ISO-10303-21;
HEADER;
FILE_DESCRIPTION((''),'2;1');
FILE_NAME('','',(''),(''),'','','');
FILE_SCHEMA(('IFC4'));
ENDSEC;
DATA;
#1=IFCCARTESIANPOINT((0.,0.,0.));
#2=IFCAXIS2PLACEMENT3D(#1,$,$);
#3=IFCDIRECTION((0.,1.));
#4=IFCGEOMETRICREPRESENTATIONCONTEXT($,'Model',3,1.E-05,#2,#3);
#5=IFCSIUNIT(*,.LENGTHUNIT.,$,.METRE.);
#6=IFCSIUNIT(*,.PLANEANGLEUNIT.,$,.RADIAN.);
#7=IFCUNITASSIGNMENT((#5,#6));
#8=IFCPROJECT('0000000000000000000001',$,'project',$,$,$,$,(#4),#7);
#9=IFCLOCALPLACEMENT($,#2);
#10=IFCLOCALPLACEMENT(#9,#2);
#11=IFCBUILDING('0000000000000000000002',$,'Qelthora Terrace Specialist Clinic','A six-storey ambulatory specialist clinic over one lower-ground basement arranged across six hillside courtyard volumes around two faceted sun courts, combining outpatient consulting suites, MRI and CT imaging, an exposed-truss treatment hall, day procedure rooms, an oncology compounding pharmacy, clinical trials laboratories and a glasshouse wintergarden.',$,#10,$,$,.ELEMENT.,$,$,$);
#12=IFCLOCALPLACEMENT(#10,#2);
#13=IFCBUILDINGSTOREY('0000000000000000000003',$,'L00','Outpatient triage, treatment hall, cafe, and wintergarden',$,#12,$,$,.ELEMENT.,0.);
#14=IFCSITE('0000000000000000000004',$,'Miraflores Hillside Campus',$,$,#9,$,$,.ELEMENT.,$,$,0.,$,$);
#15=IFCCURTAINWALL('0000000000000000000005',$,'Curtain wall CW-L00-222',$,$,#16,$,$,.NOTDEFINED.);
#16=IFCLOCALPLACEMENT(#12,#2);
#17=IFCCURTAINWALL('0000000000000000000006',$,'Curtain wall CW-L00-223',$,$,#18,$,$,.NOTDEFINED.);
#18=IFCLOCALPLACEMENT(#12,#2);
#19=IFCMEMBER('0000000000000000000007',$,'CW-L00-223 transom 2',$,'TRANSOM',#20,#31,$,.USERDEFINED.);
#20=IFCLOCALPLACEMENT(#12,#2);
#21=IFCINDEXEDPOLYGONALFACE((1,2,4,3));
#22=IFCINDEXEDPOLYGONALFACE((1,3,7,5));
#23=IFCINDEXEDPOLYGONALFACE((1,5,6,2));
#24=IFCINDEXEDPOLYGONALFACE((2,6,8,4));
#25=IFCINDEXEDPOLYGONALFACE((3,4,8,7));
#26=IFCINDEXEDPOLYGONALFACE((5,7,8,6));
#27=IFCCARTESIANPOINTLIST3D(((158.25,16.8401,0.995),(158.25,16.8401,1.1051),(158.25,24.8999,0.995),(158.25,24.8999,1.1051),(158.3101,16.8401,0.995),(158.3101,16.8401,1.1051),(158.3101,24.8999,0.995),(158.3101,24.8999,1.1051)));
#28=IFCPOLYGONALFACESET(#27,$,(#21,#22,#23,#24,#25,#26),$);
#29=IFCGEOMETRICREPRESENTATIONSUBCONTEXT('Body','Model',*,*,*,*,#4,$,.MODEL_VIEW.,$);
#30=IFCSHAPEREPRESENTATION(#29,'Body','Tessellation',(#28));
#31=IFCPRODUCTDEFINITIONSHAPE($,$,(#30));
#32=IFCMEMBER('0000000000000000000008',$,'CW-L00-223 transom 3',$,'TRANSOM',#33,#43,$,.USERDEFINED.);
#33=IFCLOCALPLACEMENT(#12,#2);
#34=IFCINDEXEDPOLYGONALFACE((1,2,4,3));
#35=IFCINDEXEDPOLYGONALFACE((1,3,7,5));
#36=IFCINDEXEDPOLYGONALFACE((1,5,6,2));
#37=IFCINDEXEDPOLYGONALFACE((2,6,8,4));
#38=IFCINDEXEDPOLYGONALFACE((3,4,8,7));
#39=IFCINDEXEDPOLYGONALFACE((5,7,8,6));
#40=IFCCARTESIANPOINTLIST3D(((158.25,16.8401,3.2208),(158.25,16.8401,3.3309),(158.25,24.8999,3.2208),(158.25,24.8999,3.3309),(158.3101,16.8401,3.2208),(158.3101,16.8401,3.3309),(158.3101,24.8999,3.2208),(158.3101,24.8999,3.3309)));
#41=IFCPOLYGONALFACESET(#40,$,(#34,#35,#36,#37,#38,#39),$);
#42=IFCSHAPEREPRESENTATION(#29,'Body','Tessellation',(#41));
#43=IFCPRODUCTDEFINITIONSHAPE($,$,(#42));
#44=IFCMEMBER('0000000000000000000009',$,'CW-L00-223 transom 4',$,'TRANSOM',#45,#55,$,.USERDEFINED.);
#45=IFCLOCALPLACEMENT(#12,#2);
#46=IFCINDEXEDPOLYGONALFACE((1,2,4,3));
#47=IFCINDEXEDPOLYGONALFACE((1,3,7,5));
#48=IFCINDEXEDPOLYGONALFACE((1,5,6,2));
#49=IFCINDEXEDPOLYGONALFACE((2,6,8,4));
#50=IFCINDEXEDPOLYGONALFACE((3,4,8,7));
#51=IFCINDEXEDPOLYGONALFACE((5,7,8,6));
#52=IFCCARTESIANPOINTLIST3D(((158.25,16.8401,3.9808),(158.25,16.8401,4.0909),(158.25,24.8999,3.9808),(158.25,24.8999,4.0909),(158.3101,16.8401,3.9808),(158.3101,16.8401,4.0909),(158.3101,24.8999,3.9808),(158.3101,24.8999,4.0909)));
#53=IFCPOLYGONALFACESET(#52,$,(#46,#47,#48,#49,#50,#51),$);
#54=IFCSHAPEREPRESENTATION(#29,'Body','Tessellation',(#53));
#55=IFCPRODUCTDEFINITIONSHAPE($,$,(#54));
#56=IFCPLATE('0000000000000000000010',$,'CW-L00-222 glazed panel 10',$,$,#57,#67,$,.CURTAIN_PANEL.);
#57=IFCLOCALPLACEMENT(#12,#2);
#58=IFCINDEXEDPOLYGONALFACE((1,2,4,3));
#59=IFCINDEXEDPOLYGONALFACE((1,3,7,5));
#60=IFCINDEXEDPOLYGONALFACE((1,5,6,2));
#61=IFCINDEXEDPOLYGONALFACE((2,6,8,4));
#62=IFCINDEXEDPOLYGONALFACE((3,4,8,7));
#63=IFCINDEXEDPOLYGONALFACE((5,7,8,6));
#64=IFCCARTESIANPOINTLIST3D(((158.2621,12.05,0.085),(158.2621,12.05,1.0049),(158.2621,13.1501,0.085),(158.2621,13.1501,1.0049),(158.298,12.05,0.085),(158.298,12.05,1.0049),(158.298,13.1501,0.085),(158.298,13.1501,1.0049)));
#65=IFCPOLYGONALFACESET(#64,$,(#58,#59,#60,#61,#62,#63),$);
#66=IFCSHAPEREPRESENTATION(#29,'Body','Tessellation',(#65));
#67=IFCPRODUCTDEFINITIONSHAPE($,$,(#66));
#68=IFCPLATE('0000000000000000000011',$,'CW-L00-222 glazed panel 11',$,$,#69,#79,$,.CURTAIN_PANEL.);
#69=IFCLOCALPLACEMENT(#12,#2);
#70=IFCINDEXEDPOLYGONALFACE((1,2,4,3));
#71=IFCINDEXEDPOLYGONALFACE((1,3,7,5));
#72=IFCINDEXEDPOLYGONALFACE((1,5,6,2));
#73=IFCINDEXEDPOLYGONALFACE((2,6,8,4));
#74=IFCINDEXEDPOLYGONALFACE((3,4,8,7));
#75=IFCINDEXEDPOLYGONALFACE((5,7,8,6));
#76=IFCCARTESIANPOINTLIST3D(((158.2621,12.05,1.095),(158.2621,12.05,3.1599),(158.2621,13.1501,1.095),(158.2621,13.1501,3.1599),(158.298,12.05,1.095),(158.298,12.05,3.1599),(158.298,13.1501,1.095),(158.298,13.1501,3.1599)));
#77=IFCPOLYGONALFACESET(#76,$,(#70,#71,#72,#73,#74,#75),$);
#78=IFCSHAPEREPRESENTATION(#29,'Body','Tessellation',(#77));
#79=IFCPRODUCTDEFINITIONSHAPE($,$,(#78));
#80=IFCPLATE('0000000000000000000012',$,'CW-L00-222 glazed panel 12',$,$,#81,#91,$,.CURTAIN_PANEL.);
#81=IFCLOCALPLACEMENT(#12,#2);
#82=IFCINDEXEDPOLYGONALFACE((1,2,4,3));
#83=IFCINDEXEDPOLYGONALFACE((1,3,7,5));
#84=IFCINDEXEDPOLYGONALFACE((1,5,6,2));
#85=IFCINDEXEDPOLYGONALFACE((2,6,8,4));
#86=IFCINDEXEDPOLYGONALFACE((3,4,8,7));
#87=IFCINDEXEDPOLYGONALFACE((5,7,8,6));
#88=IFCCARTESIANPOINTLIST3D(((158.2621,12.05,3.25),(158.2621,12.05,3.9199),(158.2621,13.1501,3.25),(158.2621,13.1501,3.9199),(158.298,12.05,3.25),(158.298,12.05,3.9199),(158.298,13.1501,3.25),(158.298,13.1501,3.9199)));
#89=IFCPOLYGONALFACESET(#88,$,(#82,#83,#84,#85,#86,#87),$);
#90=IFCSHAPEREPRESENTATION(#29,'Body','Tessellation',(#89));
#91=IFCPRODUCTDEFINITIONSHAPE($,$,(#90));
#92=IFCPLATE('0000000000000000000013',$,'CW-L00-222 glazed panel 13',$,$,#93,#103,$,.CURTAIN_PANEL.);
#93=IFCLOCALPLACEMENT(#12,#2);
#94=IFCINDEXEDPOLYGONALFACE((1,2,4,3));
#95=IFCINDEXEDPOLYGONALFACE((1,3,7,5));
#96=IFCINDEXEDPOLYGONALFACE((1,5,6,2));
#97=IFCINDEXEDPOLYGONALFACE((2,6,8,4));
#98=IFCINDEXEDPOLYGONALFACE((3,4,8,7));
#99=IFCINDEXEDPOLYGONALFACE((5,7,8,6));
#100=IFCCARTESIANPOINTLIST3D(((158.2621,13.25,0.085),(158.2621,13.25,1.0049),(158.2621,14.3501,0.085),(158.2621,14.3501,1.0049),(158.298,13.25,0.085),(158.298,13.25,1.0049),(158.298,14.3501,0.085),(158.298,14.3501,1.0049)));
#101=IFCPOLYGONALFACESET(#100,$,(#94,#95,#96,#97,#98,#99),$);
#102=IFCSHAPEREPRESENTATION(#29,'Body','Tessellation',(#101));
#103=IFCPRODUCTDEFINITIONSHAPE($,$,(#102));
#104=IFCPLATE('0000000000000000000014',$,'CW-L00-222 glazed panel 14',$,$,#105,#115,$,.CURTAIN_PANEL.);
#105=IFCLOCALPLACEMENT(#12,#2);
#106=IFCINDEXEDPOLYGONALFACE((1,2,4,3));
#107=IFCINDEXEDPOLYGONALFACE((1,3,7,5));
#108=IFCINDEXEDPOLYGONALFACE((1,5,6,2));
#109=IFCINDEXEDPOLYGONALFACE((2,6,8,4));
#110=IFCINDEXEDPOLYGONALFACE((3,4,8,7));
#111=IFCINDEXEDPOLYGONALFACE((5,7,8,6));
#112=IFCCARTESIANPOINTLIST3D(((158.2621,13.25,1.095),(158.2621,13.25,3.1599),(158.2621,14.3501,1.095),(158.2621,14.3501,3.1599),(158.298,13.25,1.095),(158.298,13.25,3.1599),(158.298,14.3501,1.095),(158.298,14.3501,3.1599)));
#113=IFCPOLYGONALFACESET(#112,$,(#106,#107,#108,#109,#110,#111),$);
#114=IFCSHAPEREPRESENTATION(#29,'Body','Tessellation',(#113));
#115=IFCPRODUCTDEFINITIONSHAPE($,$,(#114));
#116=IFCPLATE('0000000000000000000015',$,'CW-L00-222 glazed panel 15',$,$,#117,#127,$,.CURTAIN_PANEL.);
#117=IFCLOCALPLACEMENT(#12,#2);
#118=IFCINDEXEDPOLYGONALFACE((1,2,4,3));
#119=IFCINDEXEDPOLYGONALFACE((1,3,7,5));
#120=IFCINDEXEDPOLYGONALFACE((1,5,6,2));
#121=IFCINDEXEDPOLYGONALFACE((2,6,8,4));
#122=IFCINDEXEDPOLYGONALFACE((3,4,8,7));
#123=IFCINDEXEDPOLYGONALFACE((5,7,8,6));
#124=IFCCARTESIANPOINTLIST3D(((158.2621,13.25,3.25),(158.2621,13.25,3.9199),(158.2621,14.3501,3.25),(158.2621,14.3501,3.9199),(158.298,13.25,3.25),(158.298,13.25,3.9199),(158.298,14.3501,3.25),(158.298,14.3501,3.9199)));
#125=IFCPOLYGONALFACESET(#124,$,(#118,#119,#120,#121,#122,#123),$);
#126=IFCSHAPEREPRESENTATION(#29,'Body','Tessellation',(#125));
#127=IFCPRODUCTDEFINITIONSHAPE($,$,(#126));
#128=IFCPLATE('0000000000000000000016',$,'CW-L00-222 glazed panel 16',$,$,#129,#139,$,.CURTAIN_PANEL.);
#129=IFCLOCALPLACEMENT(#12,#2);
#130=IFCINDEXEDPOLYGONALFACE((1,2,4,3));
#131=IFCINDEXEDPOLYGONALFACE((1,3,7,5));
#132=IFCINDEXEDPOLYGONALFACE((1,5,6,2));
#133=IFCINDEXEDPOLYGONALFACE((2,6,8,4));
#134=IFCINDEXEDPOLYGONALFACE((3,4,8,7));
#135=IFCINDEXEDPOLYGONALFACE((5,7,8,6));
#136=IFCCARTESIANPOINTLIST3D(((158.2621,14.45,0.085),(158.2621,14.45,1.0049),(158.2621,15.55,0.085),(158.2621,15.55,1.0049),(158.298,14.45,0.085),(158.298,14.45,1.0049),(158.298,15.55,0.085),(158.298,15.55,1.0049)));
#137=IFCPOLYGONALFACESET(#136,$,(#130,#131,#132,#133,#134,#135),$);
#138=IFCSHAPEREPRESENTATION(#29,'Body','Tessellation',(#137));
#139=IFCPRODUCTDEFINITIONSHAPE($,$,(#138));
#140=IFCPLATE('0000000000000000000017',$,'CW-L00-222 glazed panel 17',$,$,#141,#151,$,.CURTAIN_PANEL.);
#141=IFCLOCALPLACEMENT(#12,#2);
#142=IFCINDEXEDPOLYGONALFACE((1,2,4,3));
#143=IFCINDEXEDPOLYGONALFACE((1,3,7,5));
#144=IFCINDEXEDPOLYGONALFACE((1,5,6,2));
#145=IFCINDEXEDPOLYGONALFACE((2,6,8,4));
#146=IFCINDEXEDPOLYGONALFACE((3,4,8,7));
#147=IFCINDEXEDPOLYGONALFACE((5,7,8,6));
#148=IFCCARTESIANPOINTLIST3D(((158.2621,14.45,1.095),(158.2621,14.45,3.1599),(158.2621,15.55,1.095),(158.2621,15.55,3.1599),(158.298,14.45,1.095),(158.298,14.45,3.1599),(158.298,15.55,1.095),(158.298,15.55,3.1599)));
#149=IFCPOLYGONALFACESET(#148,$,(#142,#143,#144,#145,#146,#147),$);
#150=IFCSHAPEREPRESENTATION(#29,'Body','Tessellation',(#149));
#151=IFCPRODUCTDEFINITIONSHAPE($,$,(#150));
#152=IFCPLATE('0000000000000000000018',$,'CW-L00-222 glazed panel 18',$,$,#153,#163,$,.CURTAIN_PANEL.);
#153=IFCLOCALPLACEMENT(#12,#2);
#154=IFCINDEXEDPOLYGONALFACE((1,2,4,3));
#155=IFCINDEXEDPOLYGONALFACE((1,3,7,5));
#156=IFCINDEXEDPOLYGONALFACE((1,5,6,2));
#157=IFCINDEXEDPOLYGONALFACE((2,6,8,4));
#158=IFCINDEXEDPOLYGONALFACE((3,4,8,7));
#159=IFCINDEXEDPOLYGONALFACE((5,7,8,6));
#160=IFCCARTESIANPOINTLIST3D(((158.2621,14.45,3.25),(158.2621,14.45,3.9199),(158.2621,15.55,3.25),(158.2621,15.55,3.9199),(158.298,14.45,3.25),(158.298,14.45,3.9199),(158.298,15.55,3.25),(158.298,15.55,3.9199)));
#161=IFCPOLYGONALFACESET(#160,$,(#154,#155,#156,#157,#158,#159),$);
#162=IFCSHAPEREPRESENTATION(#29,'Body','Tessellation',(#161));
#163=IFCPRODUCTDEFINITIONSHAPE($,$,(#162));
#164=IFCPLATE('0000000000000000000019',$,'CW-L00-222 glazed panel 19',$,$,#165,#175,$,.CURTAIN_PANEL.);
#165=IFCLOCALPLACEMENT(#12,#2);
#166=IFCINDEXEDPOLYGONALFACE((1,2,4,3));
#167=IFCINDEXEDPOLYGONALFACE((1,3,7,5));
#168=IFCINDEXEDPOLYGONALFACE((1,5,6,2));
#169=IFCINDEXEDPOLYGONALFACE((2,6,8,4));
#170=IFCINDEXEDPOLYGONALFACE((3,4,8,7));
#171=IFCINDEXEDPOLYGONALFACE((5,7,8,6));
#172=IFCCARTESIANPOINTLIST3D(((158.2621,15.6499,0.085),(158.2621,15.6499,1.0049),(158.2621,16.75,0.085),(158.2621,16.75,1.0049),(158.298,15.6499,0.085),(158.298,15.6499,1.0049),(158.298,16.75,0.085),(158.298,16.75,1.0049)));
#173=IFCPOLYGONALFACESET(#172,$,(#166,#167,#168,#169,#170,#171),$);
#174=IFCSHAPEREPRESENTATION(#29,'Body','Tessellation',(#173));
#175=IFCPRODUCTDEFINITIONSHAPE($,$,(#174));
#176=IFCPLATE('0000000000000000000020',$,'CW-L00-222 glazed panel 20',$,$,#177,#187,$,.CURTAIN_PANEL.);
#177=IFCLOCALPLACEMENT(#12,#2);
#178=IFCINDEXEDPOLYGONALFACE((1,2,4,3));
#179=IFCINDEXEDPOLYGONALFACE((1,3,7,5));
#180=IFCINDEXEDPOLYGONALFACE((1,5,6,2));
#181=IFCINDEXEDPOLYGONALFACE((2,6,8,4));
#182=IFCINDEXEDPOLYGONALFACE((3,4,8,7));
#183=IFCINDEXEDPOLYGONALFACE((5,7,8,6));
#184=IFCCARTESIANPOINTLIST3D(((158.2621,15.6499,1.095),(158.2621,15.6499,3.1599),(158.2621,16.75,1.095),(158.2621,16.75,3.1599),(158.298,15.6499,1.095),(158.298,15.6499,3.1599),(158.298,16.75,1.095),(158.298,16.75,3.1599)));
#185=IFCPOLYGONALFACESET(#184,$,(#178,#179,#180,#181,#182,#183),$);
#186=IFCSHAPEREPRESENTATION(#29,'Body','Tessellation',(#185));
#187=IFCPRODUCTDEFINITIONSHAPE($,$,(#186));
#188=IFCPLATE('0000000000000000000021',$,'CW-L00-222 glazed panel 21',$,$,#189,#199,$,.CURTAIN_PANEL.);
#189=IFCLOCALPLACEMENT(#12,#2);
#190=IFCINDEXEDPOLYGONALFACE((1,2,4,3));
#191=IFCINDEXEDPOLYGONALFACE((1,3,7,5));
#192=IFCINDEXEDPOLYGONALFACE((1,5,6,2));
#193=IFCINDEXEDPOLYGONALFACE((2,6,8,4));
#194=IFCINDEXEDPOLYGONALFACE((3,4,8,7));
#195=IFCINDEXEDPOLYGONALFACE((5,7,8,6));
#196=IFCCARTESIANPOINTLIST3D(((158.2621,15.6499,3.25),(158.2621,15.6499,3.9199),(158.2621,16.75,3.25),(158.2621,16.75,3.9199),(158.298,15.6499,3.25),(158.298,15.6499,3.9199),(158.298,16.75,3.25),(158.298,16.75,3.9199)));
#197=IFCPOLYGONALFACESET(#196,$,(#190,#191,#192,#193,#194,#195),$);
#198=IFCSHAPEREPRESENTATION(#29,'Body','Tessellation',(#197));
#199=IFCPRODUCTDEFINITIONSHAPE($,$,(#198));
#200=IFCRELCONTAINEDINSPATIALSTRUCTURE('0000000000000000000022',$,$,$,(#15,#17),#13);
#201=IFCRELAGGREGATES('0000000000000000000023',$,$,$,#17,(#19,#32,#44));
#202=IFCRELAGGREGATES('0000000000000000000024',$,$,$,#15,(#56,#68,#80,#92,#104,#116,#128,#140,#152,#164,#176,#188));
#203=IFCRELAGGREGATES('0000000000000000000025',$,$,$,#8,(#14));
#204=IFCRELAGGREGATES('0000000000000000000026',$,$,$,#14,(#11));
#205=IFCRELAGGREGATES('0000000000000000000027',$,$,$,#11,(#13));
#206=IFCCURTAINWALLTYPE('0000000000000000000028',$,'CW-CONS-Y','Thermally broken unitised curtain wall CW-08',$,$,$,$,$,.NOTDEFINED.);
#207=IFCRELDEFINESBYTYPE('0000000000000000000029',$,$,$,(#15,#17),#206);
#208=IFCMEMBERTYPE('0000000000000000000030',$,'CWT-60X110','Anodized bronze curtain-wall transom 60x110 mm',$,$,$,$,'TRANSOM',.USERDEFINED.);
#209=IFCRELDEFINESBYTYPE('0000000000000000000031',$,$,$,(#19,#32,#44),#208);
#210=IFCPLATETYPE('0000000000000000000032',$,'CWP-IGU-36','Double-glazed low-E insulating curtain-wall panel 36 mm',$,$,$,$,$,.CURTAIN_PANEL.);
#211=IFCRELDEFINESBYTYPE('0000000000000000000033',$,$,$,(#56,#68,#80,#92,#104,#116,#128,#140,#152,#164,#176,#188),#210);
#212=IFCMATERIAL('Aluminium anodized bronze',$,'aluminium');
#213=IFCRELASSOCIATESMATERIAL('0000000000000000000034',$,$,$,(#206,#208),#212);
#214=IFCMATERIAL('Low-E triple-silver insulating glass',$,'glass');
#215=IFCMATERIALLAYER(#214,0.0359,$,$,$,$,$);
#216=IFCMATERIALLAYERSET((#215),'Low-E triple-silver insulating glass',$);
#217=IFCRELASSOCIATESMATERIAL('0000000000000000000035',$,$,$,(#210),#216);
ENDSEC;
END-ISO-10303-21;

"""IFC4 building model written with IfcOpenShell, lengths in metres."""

from ifc_helpers import new_model, si_unit, direction, frame, origin, origin_2d, place, context, subcontext, project, spatial, rectangle, extrude, material, layer, layer_set, material_profile, profile_set, type_object, element, aggregate, save


model = new_model("IFC4")

# Units and contexts
model_context = context("Model", 3, precision=1e-05, world=origin(), true_north=direction((0.0, 1.0)))
body_context = subcontext(model_context, "Body", "Model", "MODEL_VIEW")
ifc_project = project(units=[si_unit("LENGTHUNIT", "METRE"), si_unit("PLANEANGLEUNIT", "RADIAN")], contexts=[model_context])

# Site, building, storey
site_placement = place(None, origin())
site = spatial("IfcSite", under=ifc_project, at=site_placement, Name="Miraflores Hillside Campus", CompositionType="ELEMENT", RefElevation=0.0)
building_placement = place(site_placement, origin())
building = spatial("IfcBuilding", under=site, at=building_placement, Name="Qelthora Terrace Specialist Clinic", Description="A six-storey ambulatory specialist clinic over one lower-ground basement arranged across six hillside courtyard volumes around two faceted sun courts, combining outpatient consulting suites, MRI and CT imaging, an exposed-truss treatment hall, day procedure rooms, an oncology compounding pharmacy, clinical trials laboratories and a glasshouse wintergarden.", CompositionType="ELEMENT")
storey_placement = place(building_placement, origin())
storey = spatial("IfcBuildingStorey", under=building, at=storey_placement, Name="L00", Description="Outpatient triage, treatment hall, cafe, and wintergarden", CompositionType="ELEMENT", Elevation=0.0)

# Curtain walls, members
ifc_material_1 = material(Name="Aluminium anodized bronze", Category="aluminium")
curtain_wall_type = type_object("IfcCurtainWallType", Name="CW-CONS-Y", Description="Thermally broken unitised curtain wall CW-08", PredefinedType="NOTDEFINED", material=ifc_material_1)
curtain_wall_1_placement = place(storey_placement, origin())
curtain_wall_1 = element("IfcCurtainWall", 1, at=curtain_wall_1_placement, inside=storey, type_object=curtain_wall_type, Name="Curtain wall CW-L00-222", PredefinedType="NOTDEFINED")
curtain_wall_2_placement = place(storey_placement, origin())
curtain_wall_2 = element("IfcCurtainWall", 2, at=curtain_wall_2_placement, inside=storey, type_object=curtain_wall_type, Name="Curtain wall CW-L00-223", PredefinedType="NOTDEFINED")
ifc_material_profile_1 = material_profile(ifc_material_1, rectangle(XDim=0.0601, YDim=0.1101, at=origin_2d()), Name="CWT60X110")
ifc_profile_set_1 = profile_set([ifc_material_profile_1], Name="Aluminium anodized bronze")
member_type_1 = type_object("IfcMemberType", Name="CWT-60X110", Description="Anodized bronze curtain-wall transom 60x110 mm", ElementType="TRANSOM", PredefinedType="USERDEFINED", material=ifc_profile_set_1)
member_1_placement = place(storey_placement, frame((158.28, 16.8401, 1.05), z_axis=(0.0, 1.0, 0.0), x_axis=(-1.0, 0.0, 0.0)))
member_1 = element("IfcMember", 3, at=member_1_placement, type_object=member_type_1, Name="CW-L00-223 transom 2", ObjectType="TRANSOM", PredefinedType="USERDEFINED", context=body_context, shape_type="SweptSolid", body=[
    extrude(rectangle(XDim=0.0601, YDim=0.1101, at=origin_2d()), origin(), (0.0, 0.0, 1.0), 8.0598),
])
member_2_placement = place(storey_placement, frame((158.28, 16.8401, 3.2759), z_axis=(0.0, 1.0, 0.0), x_axis=(-1.0, 0.0, 0.0)))
member_2 = element("IfcMember", 4, at=member_2_placement, type_object=member_type_1, Name="CW-L00-223 transom 3", ObjectType="TRANSOM", PredefinedType="USERDEFINED", context=body_context, shape_type="SweptSolid", body=[
    extrude(rectangle(XDim=0.0601, YDim=0.1101, at=origin_2d()), origin(), (0.0, 0.0, 1.0), 8.0598),
])
member_3_placement = place(storey_placement, frame((158.28, 16.8401, 4.0359), z_axis=(0.0, 1.0, 0.0), x_axis=(-1.0, 0.0, 0.0)))
member_3 = element("IfcMember", 5, at=member_3_placement, type_object=member_type_1, Name="CW-L00-223 transom 4", ObjectType="TRANSOM", PredefinedType="USERDEFINED", context=body_context, shape_type="SweptSolid", body=[
    extrude(rectangle(XDim=0.0601, YDim=0.1101, at=origin_2d()), origin(), (0.0, 0.0, 1.0), 8.0598),
])
aggregate(curtain_wall_2, [member_1, member_2, member_3])

# Plates
ifc_material_2 = material(Name="Low-E triple-silver insulating glass", Category="glass")
ifc_layer_1 = layer(ifc_material_2, 0.0359)
ifc_layer_set_1 = layer_set([ifc_layer_1], Name="Low-E triple-silver insulating glass")
plate_type_1 = type_object("IfcPlateType", Name="CWP-IGU-36", Description="Double-glazed low-E insulating curtain-wall panel 36 mm", PredefinedType="CURTAIN_PANEL", material=ifc_layer_set_1)
plate_1_placement = place(storey_placement, frame((158.28, 12.6001, 0.085), z_axis=(0.0, 0.0, 1.0), x_axis=(0.0, 1.0, 0.0)))
plate_1 = element("IfcPlate", 6, at=plate_1_placement, type_object=plate_type_1, Name="CW-L00-222 glazed panel 10", PredefinedType="CURTAIN_PANEL", context=body_context, shape_type="SweptSolid", body=[
    extrude(rectangle(XDim=1.1001, YDim=0.0359, at=origin_2d()), origin(), (0.0, 0.0, 1.0), 0.9199),
])
plate_2_placement = place(storey_placement, frame((158.28, 12.6001, 1.095), z_axis=(0.0, 0.0, 1.0), x_axis=(0.0, 1.0, 0.0)))
plate_2 = element("IfcPlate", 7, at=plate_2_placement, type_object=plate_type_1, Name="CW-L00-222 glazed panel 11", PredefinedType="CURTAIN_PANEL", context=body_context, shape_type="SweptSolid", body=[
    extrude(rectangle(XDim=1.1001, YDim=0.0359, at=origin_2d()), origin(), (0.0, 0.0, 1.0), 2.0649),
])
plate_3_placement = place(storey_placement, frame((158.28, 12.6001, 3.25), z_axis=(0.0, 0.0, 1.0), x_axis=(0.0, 1.0, 0.0)))
plate_3 = element("IfcPlate", 8, at=plate_3_placement, type_object=plate_type_1, Name="CW-L00-222 glazed panel 12", PredefinedType="CURTAIN_PANEL", context=body_context, shape_type="SweptSolid", body=[
    extrude(rectangle(XDim=1.1001, YDim=0.0359, at=origin_2d()), origin(), (0.0, 0.0, 1.0), 0.6699),
])
plate_4_placement = place(storey_placement, frame((158.28, 13.8, 0.085), z_axis=(0.0, 0.0, 1.0), x_axis=(0.0, 1.0, 0.0)))
plate_4 = element("IfcPlate", 9, at=plate_4_placement, type_object=plate_type_1, Name="CW-L00-222 glazed panel 13", PredefinedType="CURTAIN_PANEL", context=body_context, shape_type="SweptSolid", body=[
    extrude(rectangle(XDim=1.1001, YDim=0.0359, at=origin_2d()), origin(), (0.0, 0.0, 1.0), 0.9199),
])
plate_5_placement = place(storey_placement, frame((158.28, 13.8, 1.095), z_axis=(0.0, 0.0, 1.0), x_axis=(0.0, 1.0, 0.0)))
plate_5 = element("IfcPlate", 10, at=plate_5_placement, type_object=plate_type_1, Name="CW-L00-222 glazed panel 14", PredefinedType="CURTAIN_PANEL", context=body_context, shape_type="SweptSolid", body=[
    extrude(rectangle(XDim=1.1001, YDim=0.0359, at=origin_2d()), origin(), (0.0, 0.0, 1.0), 2.0649),
])
plate_6_placement = place(storey_placement, frame((158.28, 13.8, 3.25), z_axis=(0.0, 0.0, 1.0), x_axis=(0.0, 1.0, 0.0)))
plate_6 = element("IfcPlate", 11, at=plate_6_placement, type_object=plate_type_1, Name="CW-L00-222 glazed panel 15", PredefinedType="CURTAIN_PANEL", context=body_context, shape_type="SweptSolid", body=[
    extrude(rectangle(XDim=1.1001, YDim=0.0359, at=origin_2d()), origin(), (0.0, 0.0, 1.0), 0.6699),
])
plate_7_placement = place(storey_placement, frame((158.28, 15.0, 0.085), z_axis=(0.0, 0.0, 1.0), x_axis=(0.0, 1.0, 0.0)))
plate_7 = element("IfcPlate", 12, at=plate_7_placement, type_object=plate_type_1, Name="CW-L00-222 glazed panel 16", PredefinedType="CURTAIN_PANEL", context=body_context, shape_type="SweptSolid", body=[
    extrude(rectangle(XDim=1.1001, YDim=0.0359, at=origin_2d()), origin(), (0.0, 0.0, 1.0), 0.9199),
])
plate_8_placement = place(storey_placement, frame((158.28, 15.0, 1.095), z_axis=(0.0, 0.0, 1.0), x_axis=(0.0, 1.0, 0.0)))
plate_8 = element("IfcPlate", 13, at=plate_8_placement, type_object=plate_type_1, Name="CW-L00-222 glazed panel 17", PredefinedType="CURTAIN_PANEL", context=body_context, shape_type="SweptSolid", body=[
    extrude(rectangle(XDim=1.1001, YDim=0.0359, at=origin_2d()), origin(), (0.0, 0.0, 1.0), 2.0649),
])
plate_9_placement = place(storey_placement, frame((158.28, 15.0, 3.25), z_axis=(0.0, 0.0, 1.0), x_axis=(0.0, 1.0, 0.0)))
plate_9 = element("IfcPlate", 14, at=plate_9_placement, type_object=plate_type_1, Name="CW-L00-222 glazed panel 18", PredefinedType="CURTAIN_PANEL", context=body_context, shape_type="SweptSolid", body=[
    extrude(rectangle(XDim=1.1001, YDim=0.0359, at=origin_2d()), origin(), (0.0, 0.0, 1.0), 0.6699),
])
plate_10_placement = place(storey_placement, frame((158.28, 16.2, 0.085), z_axis=(0.0, 0.0, 1.0), x_axis=(0.0, 1.0, 0.0)))
plate_10 = element("IfcPlate", 15, at=plate_10_placement, type_object=plate_type_1, Name="CW-L00-222 glazed panel 19", PredefinedType="CURTAIN_PANEL", context=body_context, shape_type="SweptSolid", body=[
    extrude(rectangle(XDim=1.1001, YDim=0.0359, at=origin_2d()), origin(), (0.0, 0.0, 1.0), 0.9199),
])
plate_11_placement = place(storey_placement, frame((158.28, 16.2, 1.095), z_axis=(0.0, 0.0, 1.0), x_axis=(0.0, 1.0, 0.0)))
plate_11 = element("IfcPlate", 16, at=plate_11_placement, type_object=plate_type_1, Name="CW-L00-222 glazed panel 20", PredefinedType="CURTAIN_PANEL", context=body_context, shape_type="SweptSolid", body=[
    extrude(rectangle(XDim=1.1001, YDim=0.0359, at=origin_2d()), origin(), (0.0, 0.0, 1.0), 2.0649),
])
plate_12_placement = place(storey_placement, frame((158.28, 16.2, 3.25), z_axis=(0.0, 0.0, 1.0), x_axis=(0.0, 1.0, 0.0)))
plate_12 = element("IfcPlate", 17, at=plate_12_placement, type_object=plate_type_1, Name="CW-L00-222 glazed panel 21", PredefinedType="CURTAIN_PANEL", context=body_context, shape_type="SweptSolid", body=[
    extrude(rectangle(XDim=1.1001, YDim=0.0359, at=origin_2d()), origin(), (0.0, 0.0, 1.0), 0.6699),
])
aggregate(curtain_wall_1, [plate_1, plate_2, plate_3, plate_4, plate_5, plate_6, plate_7, plate_8, plate_9, plate_10, plate_11, plate_12])

save(model, "model.ifc")
